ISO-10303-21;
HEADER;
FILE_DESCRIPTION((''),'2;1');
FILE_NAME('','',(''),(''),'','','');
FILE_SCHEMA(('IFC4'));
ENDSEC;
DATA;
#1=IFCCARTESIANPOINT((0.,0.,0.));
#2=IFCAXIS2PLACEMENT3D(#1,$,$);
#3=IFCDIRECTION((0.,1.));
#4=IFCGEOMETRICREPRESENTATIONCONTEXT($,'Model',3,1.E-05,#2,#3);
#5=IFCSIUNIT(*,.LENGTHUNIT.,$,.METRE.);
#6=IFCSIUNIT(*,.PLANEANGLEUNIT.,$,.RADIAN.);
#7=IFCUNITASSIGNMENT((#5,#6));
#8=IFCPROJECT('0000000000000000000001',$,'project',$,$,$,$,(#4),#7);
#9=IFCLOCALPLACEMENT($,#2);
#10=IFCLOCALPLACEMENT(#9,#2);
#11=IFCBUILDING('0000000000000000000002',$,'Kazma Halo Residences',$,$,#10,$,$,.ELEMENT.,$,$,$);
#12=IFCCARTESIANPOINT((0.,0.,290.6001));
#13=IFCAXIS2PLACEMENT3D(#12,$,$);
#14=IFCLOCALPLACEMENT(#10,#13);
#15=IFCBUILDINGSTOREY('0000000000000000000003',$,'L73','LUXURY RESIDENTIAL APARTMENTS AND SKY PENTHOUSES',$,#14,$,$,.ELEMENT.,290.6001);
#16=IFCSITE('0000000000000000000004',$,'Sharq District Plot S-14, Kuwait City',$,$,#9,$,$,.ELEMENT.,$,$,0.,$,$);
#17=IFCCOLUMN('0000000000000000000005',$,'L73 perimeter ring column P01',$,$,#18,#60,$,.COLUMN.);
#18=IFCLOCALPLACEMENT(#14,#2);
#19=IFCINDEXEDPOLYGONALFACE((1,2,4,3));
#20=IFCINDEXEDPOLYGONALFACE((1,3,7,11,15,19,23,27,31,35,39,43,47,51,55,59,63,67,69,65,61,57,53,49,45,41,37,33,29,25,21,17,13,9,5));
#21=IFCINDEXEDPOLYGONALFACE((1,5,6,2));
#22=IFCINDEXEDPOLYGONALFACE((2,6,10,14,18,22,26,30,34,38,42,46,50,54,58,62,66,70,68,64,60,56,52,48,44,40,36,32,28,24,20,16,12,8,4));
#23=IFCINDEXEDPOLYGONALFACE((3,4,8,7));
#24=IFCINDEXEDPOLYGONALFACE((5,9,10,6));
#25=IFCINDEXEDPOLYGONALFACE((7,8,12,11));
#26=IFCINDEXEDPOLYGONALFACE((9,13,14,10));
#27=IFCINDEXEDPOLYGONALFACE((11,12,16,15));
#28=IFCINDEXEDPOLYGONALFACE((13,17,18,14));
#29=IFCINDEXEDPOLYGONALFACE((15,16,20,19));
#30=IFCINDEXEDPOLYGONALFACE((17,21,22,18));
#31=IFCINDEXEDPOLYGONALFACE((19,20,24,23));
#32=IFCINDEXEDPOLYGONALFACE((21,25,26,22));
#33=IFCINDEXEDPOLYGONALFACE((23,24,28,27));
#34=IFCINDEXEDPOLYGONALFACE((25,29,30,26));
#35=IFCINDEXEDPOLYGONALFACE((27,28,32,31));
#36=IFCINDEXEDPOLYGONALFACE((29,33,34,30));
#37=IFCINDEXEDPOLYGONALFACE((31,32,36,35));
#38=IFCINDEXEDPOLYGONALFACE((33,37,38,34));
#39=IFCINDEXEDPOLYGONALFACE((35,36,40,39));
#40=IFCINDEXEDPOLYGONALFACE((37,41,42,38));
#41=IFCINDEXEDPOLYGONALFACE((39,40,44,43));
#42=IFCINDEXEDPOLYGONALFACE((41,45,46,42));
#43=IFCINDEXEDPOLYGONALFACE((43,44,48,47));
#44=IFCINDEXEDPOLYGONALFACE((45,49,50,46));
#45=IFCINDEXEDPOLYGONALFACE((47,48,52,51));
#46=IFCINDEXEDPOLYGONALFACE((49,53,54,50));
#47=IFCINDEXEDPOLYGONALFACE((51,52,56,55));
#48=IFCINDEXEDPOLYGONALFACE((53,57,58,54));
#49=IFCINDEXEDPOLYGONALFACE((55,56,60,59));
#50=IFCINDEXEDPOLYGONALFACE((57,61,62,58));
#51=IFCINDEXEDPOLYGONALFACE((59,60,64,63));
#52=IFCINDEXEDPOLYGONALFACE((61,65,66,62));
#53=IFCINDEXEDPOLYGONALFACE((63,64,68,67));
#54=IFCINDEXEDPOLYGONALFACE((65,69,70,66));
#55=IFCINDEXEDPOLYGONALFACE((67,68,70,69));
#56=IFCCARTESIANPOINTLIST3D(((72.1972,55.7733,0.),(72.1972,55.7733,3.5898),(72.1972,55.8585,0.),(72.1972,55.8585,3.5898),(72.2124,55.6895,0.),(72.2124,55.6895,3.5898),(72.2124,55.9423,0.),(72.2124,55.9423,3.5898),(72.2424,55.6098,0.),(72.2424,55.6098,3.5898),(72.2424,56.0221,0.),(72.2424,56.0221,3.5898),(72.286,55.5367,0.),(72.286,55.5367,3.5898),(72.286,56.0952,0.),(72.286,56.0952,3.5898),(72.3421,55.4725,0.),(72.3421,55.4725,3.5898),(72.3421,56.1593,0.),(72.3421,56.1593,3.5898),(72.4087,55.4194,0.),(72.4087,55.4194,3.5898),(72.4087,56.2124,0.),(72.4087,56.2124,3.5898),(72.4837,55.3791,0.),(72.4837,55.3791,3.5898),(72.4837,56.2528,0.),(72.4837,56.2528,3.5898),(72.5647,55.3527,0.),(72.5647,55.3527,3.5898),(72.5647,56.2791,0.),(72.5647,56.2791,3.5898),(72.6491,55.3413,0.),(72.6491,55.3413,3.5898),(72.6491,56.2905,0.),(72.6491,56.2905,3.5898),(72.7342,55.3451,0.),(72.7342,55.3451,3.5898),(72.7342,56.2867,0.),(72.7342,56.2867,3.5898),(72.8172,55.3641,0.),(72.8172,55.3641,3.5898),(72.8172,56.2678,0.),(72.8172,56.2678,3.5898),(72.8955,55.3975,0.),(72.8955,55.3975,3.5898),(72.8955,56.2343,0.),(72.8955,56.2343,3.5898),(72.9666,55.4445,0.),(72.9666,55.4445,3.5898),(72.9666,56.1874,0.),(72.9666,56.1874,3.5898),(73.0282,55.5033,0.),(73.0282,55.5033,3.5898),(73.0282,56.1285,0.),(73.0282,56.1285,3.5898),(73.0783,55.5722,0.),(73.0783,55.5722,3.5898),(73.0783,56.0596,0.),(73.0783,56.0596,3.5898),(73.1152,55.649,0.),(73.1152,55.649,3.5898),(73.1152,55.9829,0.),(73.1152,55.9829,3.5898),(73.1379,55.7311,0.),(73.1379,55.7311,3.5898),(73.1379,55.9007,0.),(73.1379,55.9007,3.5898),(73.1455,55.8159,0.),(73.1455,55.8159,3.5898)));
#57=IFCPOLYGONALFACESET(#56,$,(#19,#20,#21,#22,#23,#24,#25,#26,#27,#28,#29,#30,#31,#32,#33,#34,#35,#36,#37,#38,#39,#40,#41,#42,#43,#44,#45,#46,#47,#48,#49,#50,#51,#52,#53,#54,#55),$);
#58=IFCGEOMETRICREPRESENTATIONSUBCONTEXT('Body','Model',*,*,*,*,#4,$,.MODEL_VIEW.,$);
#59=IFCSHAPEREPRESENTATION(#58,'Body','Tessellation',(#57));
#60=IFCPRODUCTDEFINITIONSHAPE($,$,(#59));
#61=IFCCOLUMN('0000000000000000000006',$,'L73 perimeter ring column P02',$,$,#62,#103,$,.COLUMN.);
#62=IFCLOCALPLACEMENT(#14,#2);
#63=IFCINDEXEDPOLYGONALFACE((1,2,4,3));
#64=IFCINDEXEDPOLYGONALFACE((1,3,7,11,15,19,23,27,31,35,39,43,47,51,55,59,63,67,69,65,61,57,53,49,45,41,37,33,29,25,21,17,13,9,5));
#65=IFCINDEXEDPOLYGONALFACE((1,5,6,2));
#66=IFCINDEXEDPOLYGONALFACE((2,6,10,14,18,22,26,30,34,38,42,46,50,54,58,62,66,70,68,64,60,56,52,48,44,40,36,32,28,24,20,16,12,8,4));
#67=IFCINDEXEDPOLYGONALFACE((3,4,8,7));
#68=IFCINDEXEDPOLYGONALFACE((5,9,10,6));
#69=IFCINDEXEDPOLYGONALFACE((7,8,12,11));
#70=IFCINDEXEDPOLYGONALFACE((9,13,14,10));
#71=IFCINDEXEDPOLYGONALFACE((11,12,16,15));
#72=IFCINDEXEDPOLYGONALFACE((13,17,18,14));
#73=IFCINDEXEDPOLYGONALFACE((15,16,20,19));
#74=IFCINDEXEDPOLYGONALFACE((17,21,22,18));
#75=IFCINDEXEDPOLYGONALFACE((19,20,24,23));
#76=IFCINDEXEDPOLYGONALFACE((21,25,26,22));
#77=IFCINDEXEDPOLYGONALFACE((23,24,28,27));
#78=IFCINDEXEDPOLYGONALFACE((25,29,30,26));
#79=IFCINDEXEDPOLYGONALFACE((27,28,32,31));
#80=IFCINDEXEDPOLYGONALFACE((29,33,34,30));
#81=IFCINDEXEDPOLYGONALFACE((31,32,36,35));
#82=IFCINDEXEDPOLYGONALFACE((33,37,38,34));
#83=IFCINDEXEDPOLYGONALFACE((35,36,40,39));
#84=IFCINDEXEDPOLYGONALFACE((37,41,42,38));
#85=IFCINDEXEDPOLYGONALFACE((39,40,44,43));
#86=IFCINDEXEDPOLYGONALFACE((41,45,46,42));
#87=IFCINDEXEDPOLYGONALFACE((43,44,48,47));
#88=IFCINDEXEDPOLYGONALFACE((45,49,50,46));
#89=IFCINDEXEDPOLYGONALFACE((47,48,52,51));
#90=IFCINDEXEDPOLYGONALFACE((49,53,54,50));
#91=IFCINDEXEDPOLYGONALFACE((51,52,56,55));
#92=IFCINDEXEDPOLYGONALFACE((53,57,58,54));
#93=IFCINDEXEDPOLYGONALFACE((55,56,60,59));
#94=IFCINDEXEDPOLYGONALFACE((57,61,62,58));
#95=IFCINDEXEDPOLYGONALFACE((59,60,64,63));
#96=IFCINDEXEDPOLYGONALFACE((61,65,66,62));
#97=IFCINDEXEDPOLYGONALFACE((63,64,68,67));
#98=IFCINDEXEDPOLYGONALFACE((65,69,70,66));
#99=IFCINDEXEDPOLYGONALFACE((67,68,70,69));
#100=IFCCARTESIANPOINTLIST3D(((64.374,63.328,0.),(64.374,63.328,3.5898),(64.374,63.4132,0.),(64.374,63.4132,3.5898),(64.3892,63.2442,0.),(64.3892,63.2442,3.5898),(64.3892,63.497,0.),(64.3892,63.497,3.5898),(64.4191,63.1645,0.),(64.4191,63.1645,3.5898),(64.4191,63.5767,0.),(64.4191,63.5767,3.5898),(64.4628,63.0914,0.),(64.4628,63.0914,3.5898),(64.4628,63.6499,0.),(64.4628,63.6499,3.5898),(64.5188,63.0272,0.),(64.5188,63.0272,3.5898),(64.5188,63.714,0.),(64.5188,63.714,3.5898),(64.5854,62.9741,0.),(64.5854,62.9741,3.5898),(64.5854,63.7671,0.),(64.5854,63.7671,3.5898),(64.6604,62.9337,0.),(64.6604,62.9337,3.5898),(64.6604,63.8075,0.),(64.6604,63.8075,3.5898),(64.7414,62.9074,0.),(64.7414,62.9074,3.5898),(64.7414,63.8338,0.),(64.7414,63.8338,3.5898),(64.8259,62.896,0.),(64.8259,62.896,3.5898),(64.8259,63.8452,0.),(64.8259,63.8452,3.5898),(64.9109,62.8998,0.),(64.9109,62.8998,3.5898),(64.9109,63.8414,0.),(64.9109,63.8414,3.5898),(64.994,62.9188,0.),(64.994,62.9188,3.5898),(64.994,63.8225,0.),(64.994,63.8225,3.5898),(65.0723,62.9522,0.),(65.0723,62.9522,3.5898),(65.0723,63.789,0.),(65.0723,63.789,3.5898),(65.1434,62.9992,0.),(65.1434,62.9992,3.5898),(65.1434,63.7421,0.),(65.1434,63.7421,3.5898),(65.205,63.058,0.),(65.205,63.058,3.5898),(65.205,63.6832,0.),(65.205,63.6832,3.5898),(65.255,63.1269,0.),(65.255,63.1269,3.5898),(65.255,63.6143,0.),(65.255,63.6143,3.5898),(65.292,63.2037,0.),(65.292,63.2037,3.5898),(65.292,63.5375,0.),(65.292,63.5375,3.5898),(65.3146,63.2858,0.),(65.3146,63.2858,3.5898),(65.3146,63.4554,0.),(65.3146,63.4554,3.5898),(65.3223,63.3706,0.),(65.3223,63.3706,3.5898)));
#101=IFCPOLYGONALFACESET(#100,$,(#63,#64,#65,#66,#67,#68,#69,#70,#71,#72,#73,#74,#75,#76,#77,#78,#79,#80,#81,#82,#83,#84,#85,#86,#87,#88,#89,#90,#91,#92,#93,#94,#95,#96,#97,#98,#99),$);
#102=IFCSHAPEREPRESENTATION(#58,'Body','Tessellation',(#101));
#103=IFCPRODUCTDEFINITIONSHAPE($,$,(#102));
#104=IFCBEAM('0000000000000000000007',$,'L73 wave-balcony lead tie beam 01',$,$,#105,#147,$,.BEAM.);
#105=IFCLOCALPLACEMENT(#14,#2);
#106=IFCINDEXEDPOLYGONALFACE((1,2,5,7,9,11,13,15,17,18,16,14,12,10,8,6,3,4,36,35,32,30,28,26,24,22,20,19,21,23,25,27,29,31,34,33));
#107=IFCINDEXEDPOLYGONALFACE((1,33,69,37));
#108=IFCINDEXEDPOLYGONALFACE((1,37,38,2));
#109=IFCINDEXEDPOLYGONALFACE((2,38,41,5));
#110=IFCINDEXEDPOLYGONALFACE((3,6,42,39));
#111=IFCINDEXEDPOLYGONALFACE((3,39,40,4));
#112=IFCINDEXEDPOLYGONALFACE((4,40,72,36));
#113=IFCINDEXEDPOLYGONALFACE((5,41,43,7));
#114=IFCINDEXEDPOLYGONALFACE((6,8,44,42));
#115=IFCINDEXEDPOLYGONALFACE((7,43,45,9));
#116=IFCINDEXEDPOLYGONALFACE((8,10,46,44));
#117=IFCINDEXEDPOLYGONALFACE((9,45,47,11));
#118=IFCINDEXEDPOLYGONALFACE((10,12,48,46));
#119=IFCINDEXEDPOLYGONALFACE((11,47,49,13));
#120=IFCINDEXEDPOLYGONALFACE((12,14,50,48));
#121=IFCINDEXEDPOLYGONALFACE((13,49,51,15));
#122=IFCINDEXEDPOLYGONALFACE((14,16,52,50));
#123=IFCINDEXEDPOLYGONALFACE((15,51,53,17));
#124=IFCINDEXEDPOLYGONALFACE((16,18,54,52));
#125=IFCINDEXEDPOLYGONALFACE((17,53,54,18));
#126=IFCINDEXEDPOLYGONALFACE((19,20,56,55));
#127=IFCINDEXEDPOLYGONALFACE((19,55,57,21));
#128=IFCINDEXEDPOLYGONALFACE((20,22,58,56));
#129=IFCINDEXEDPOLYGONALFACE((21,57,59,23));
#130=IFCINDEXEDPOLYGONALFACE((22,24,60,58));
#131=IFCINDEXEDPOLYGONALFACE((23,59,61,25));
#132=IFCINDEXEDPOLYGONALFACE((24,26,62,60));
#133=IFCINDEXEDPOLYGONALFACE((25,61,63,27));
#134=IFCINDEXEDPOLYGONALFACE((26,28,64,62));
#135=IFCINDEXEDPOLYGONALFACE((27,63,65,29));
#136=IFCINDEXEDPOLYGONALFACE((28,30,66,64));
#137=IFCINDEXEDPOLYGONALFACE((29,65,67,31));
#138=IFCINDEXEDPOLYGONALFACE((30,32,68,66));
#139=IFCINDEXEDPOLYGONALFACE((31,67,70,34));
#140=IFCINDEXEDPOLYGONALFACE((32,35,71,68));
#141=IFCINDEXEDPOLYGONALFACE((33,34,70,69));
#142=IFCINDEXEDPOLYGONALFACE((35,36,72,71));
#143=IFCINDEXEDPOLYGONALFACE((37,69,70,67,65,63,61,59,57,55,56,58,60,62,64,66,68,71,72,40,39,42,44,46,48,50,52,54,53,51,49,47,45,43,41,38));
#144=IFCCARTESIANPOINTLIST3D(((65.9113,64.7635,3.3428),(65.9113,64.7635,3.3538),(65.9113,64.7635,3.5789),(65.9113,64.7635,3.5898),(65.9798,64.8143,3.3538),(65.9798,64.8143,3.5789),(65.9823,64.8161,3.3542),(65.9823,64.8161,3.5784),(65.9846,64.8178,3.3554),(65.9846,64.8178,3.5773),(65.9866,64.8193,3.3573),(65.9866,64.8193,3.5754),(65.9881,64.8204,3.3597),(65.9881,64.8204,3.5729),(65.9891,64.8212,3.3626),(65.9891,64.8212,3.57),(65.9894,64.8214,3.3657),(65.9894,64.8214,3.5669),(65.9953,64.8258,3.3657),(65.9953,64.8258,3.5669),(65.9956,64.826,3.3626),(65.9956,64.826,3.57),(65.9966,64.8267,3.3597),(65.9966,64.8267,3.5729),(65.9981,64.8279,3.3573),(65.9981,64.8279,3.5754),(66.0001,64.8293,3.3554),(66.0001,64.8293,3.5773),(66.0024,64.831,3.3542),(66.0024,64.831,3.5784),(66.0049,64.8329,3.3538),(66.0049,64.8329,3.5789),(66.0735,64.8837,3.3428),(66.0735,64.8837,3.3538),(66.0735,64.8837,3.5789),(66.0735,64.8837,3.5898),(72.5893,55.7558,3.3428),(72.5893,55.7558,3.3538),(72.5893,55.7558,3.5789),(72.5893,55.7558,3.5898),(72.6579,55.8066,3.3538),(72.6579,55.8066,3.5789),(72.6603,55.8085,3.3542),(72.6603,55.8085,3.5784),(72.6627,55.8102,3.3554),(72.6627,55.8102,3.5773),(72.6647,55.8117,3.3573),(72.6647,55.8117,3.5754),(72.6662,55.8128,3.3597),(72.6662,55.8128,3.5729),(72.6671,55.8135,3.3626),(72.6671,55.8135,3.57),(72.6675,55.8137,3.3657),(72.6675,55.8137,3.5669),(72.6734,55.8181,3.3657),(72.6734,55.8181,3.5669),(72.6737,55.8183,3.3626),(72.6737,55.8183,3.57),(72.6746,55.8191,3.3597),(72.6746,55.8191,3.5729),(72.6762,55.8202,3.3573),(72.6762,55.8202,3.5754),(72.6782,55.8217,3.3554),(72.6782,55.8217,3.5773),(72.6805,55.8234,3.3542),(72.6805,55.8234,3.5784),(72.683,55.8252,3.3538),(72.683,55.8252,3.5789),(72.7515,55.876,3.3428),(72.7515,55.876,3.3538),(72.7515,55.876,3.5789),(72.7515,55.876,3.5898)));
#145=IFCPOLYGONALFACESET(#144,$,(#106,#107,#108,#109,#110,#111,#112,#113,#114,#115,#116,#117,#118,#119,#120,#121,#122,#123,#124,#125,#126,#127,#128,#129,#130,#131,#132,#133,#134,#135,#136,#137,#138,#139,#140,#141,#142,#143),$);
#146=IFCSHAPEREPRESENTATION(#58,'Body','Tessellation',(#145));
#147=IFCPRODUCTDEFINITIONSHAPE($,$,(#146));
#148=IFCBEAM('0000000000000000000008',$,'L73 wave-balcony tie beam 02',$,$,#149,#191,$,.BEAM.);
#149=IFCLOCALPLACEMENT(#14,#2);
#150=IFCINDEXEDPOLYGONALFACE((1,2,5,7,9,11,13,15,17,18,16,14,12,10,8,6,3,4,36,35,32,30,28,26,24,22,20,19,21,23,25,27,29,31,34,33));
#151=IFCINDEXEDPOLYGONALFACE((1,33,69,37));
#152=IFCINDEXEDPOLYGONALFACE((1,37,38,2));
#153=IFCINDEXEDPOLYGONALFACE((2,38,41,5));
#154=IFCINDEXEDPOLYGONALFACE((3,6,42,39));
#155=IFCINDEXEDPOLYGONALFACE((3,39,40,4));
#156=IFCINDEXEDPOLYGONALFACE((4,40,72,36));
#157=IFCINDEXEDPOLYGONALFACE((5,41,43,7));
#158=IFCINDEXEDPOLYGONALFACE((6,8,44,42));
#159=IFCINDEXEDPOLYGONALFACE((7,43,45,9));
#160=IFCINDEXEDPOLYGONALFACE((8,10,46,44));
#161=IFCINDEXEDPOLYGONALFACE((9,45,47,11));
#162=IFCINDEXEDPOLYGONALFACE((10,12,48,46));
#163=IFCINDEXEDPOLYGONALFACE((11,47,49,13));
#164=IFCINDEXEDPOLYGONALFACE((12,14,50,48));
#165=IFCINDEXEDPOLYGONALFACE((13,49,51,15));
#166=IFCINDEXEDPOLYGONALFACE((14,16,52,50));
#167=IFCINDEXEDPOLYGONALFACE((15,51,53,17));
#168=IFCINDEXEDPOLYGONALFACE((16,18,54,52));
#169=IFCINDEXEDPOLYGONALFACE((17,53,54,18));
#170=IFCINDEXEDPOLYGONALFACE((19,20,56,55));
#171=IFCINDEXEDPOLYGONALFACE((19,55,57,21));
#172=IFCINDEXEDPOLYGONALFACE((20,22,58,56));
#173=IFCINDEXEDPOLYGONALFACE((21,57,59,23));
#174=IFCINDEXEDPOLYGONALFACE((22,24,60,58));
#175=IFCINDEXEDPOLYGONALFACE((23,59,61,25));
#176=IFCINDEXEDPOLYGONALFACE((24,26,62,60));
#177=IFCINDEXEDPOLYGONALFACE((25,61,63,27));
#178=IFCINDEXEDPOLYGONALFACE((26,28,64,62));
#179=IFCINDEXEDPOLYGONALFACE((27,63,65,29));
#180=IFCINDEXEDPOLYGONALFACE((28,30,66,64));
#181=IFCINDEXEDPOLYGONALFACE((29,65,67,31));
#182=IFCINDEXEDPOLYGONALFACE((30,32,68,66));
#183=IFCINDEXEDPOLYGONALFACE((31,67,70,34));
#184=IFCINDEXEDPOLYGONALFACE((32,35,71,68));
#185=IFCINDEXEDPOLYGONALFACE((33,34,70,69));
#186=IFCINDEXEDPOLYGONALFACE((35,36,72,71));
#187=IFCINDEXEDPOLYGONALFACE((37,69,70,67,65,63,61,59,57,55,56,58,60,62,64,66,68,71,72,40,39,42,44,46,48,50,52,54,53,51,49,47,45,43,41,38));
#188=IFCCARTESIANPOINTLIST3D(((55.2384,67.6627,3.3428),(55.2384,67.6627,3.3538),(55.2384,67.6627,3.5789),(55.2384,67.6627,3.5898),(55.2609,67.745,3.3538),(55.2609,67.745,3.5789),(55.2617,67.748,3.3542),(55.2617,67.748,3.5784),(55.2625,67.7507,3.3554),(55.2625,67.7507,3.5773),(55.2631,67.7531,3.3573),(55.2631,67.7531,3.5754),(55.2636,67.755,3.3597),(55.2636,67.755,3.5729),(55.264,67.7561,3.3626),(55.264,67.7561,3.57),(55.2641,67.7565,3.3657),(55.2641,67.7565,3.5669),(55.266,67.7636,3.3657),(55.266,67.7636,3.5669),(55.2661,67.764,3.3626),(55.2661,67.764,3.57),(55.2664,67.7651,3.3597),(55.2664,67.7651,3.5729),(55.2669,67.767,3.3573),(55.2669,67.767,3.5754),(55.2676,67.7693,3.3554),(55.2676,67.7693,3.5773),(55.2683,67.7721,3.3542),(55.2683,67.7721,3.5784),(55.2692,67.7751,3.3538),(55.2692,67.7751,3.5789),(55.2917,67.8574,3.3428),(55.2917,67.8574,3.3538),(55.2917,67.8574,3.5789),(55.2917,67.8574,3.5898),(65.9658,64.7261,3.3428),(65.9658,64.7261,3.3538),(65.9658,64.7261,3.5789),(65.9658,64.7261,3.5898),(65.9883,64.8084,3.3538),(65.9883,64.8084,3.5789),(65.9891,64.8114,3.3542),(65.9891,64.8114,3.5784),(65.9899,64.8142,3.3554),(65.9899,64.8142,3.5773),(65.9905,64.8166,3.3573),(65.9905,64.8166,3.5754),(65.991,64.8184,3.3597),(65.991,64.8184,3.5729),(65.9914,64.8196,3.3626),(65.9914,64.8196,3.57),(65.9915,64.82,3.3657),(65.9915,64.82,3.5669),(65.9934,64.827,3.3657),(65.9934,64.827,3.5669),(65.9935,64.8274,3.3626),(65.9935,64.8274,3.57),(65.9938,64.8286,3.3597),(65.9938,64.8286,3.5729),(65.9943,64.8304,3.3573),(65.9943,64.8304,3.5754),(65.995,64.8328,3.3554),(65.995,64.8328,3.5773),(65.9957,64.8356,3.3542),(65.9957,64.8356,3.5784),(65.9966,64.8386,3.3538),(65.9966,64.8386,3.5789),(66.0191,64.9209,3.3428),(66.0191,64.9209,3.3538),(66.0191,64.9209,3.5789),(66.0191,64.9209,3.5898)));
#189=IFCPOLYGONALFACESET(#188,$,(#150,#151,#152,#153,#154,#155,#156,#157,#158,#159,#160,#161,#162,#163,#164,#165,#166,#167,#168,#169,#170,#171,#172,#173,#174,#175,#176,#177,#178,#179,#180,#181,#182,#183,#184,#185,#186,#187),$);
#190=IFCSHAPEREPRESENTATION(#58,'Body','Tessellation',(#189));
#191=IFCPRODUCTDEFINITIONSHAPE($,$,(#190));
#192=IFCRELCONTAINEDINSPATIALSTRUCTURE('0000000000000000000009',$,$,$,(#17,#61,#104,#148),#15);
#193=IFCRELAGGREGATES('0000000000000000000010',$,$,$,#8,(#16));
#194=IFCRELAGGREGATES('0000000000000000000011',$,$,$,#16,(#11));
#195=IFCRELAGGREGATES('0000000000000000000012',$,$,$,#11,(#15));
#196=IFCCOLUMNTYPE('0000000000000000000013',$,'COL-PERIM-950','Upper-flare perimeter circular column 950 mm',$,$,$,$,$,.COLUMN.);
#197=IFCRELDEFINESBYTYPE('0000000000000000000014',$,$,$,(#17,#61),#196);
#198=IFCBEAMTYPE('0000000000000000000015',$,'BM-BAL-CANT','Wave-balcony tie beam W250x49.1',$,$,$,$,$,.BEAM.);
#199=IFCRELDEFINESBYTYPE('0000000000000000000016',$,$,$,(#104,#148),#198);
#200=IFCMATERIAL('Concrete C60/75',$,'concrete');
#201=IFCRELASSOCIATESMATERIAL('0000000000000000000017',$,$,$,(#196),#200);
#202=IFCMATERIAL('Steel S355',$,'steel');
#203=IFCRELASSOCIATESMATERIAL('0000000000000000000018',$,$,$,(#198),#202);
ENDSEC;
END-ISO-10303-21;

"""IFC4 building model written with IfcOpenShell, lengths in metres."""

from ifc_helpers import new_model, si_unit, direction, frame, origin, origin_2d, place, context, subcontext, project, spatial, circle, i_section, extrude, material, material_profile, profile_set, type_object, element, save


model = new_model("IFC4")

# Units and contexts
model_context = context("Model", 3, precision=1e-05, world=origin(), true_north=direction((0.0, 1.0)))
body_context = subcontext(model_context, "Body", "Model", "MODEL_VIEW")
ifc_project = project(units=[si_unit("LENGTHUNIT", "METRE"), si_unit("PLANEANGLEUNIT", "RADIAN")], contexts=[model_context])

# Site, building, storey
site_placement = place(None, origin())
site = spatial("IfcSite", under=ifc_project, at=site_placement, Name="Sharq District Plot S-14, Kuwait City", CompositionType="ELEMENT", RefElevation=0.0)
building_placement = place(site_placement, origin())
building = spatial("IfcBuilding", under=site, at=building_placement, Name="Kazma Halo Residences", CompositionType="ELEMENT")
storey_placement = place(building_placement, frame((0.0, 0.0, 290.6001)))
storey = spatial("IfcBuildingStorey", under=building, at=storey_placement, Name="L73", Description="LUXURY RESIDENTIAL APARTMENTS AND SKY PENTHOUSES", CompositionType="ELEMENT", Elevation=290.6001)

# Columns
ifc_material_1 = material(Name="Concrete C60/75", Category="concrete")
ifc_material_profile_1 = material_profile(ifc_material_1, circle(Radius=0.4751, at=origin_2d()), Name="CIRC950")
ifc_profile_set_1 = profile_set([ifc_material_profile_1], Name="Concrete C60/75")
column_type = type_object("IfcColumnType", Name="COL-PERIM-950", Description="Upper-flare perimeter circular column 950 mm", PredefinedType="COLUMN", material=ifc_profile_set_1)
for number, where, z_axis, x_axis, name in (
    (1, (72.6704, 55.8159, 0.0), (0.0, 0.0, 1.0), (1.0, 0.0, 0.0), "L73 perimeter ring column P01"),
    (2, (64.8472, 63.3706, 0.0), (0.0, 0.0, 1.0), (1.0, 0.0, 0.0), "L73 perimeter ring column P02"),
):
    element("IfcColumn", number, at=place(storey_placement, frame(where, z_axis=z_axis, x_axis=x_axis)), inside=storey, type_object=column_type, Name=name, PredefinedType="COLUMN", context=body_context, shape_type="SweptSolid", body=[
        extrude(circle(Radius=0.4751, at=origin_2d()), origin(), (0.0, 0.0, 1.0), 3.5898),
    ])

# Beams
ifc_material_2 = material(Name="Steel S355", Category="steel")
ifc_material_profile_2 = material_profile(ifc_material_2, i_section(OverallWidth=0.2019, OverallDepth=0.2471, WebThickness=0.0073, FlangeThickness=0.011, FilletRadius=0.012, at=origin_2d()), Name="W250x49.1")
ifc_profile_set_2 = profile_set([ifc_material_profile_2], Name="Steel S355")
beam_type_1 = type_object("IfcBeamType", Name="BM-BAL-CANT", Description="Wave-balcony tie beam W250x49.1", PredefinedType="BEAM", material=ifc_profile_set_2)
beam_1_placement = place(storey_placement, frame((72.6704, 55.8159, 3.4663), z_axis=(-0.595556, 0.803314, 0.0), x_axis=(-0.803314, -0.595556, 0.0)))
element("IfcBeam", 3, at=beam_1_placement, inside=storey, type_object=beam_type_1, Name="L73 wave-balcony lead tie beam 01", PredefinedType="BEAM", context=body_context, shape_type="SweptSolid", body=[
    extrude(i_section(OverallWidth=0.2019, OverallDepth=0.2471, WebThickness=0.0073, FlangeThickness=0.011, FilletRadius=0.012, at=origin_2d()), origin(), (0.0, 0.0, 1.0), 11.2131),
])
beam_2_placement = place(storey_placement, frame((65.9924, 64.8235, 3.4663), z_axis=(-0.964515, 0.264029, 0.0), x_axis=(-0.264029, -0.964515, 0.0)))
element("IfcBeam", 4, at=beam_2_placement, inside=storey, type_object=beam_type_1, Name="L73 wave-balcony tie beam 02", PredefinedType="BEAM", context=body_context, shape_type="SweptSolid", body=[
    extrude(i_section(OverallWidth=0.2019, OverallDepth=0.2471, WebThickness=0.0073, FlangeThickness=0.011, FilletRadius=0.012, at=origin_2d()), origin(), (0.0, 0.0, 1.0), 11.1221),
])

save(model, "model.ifc")
